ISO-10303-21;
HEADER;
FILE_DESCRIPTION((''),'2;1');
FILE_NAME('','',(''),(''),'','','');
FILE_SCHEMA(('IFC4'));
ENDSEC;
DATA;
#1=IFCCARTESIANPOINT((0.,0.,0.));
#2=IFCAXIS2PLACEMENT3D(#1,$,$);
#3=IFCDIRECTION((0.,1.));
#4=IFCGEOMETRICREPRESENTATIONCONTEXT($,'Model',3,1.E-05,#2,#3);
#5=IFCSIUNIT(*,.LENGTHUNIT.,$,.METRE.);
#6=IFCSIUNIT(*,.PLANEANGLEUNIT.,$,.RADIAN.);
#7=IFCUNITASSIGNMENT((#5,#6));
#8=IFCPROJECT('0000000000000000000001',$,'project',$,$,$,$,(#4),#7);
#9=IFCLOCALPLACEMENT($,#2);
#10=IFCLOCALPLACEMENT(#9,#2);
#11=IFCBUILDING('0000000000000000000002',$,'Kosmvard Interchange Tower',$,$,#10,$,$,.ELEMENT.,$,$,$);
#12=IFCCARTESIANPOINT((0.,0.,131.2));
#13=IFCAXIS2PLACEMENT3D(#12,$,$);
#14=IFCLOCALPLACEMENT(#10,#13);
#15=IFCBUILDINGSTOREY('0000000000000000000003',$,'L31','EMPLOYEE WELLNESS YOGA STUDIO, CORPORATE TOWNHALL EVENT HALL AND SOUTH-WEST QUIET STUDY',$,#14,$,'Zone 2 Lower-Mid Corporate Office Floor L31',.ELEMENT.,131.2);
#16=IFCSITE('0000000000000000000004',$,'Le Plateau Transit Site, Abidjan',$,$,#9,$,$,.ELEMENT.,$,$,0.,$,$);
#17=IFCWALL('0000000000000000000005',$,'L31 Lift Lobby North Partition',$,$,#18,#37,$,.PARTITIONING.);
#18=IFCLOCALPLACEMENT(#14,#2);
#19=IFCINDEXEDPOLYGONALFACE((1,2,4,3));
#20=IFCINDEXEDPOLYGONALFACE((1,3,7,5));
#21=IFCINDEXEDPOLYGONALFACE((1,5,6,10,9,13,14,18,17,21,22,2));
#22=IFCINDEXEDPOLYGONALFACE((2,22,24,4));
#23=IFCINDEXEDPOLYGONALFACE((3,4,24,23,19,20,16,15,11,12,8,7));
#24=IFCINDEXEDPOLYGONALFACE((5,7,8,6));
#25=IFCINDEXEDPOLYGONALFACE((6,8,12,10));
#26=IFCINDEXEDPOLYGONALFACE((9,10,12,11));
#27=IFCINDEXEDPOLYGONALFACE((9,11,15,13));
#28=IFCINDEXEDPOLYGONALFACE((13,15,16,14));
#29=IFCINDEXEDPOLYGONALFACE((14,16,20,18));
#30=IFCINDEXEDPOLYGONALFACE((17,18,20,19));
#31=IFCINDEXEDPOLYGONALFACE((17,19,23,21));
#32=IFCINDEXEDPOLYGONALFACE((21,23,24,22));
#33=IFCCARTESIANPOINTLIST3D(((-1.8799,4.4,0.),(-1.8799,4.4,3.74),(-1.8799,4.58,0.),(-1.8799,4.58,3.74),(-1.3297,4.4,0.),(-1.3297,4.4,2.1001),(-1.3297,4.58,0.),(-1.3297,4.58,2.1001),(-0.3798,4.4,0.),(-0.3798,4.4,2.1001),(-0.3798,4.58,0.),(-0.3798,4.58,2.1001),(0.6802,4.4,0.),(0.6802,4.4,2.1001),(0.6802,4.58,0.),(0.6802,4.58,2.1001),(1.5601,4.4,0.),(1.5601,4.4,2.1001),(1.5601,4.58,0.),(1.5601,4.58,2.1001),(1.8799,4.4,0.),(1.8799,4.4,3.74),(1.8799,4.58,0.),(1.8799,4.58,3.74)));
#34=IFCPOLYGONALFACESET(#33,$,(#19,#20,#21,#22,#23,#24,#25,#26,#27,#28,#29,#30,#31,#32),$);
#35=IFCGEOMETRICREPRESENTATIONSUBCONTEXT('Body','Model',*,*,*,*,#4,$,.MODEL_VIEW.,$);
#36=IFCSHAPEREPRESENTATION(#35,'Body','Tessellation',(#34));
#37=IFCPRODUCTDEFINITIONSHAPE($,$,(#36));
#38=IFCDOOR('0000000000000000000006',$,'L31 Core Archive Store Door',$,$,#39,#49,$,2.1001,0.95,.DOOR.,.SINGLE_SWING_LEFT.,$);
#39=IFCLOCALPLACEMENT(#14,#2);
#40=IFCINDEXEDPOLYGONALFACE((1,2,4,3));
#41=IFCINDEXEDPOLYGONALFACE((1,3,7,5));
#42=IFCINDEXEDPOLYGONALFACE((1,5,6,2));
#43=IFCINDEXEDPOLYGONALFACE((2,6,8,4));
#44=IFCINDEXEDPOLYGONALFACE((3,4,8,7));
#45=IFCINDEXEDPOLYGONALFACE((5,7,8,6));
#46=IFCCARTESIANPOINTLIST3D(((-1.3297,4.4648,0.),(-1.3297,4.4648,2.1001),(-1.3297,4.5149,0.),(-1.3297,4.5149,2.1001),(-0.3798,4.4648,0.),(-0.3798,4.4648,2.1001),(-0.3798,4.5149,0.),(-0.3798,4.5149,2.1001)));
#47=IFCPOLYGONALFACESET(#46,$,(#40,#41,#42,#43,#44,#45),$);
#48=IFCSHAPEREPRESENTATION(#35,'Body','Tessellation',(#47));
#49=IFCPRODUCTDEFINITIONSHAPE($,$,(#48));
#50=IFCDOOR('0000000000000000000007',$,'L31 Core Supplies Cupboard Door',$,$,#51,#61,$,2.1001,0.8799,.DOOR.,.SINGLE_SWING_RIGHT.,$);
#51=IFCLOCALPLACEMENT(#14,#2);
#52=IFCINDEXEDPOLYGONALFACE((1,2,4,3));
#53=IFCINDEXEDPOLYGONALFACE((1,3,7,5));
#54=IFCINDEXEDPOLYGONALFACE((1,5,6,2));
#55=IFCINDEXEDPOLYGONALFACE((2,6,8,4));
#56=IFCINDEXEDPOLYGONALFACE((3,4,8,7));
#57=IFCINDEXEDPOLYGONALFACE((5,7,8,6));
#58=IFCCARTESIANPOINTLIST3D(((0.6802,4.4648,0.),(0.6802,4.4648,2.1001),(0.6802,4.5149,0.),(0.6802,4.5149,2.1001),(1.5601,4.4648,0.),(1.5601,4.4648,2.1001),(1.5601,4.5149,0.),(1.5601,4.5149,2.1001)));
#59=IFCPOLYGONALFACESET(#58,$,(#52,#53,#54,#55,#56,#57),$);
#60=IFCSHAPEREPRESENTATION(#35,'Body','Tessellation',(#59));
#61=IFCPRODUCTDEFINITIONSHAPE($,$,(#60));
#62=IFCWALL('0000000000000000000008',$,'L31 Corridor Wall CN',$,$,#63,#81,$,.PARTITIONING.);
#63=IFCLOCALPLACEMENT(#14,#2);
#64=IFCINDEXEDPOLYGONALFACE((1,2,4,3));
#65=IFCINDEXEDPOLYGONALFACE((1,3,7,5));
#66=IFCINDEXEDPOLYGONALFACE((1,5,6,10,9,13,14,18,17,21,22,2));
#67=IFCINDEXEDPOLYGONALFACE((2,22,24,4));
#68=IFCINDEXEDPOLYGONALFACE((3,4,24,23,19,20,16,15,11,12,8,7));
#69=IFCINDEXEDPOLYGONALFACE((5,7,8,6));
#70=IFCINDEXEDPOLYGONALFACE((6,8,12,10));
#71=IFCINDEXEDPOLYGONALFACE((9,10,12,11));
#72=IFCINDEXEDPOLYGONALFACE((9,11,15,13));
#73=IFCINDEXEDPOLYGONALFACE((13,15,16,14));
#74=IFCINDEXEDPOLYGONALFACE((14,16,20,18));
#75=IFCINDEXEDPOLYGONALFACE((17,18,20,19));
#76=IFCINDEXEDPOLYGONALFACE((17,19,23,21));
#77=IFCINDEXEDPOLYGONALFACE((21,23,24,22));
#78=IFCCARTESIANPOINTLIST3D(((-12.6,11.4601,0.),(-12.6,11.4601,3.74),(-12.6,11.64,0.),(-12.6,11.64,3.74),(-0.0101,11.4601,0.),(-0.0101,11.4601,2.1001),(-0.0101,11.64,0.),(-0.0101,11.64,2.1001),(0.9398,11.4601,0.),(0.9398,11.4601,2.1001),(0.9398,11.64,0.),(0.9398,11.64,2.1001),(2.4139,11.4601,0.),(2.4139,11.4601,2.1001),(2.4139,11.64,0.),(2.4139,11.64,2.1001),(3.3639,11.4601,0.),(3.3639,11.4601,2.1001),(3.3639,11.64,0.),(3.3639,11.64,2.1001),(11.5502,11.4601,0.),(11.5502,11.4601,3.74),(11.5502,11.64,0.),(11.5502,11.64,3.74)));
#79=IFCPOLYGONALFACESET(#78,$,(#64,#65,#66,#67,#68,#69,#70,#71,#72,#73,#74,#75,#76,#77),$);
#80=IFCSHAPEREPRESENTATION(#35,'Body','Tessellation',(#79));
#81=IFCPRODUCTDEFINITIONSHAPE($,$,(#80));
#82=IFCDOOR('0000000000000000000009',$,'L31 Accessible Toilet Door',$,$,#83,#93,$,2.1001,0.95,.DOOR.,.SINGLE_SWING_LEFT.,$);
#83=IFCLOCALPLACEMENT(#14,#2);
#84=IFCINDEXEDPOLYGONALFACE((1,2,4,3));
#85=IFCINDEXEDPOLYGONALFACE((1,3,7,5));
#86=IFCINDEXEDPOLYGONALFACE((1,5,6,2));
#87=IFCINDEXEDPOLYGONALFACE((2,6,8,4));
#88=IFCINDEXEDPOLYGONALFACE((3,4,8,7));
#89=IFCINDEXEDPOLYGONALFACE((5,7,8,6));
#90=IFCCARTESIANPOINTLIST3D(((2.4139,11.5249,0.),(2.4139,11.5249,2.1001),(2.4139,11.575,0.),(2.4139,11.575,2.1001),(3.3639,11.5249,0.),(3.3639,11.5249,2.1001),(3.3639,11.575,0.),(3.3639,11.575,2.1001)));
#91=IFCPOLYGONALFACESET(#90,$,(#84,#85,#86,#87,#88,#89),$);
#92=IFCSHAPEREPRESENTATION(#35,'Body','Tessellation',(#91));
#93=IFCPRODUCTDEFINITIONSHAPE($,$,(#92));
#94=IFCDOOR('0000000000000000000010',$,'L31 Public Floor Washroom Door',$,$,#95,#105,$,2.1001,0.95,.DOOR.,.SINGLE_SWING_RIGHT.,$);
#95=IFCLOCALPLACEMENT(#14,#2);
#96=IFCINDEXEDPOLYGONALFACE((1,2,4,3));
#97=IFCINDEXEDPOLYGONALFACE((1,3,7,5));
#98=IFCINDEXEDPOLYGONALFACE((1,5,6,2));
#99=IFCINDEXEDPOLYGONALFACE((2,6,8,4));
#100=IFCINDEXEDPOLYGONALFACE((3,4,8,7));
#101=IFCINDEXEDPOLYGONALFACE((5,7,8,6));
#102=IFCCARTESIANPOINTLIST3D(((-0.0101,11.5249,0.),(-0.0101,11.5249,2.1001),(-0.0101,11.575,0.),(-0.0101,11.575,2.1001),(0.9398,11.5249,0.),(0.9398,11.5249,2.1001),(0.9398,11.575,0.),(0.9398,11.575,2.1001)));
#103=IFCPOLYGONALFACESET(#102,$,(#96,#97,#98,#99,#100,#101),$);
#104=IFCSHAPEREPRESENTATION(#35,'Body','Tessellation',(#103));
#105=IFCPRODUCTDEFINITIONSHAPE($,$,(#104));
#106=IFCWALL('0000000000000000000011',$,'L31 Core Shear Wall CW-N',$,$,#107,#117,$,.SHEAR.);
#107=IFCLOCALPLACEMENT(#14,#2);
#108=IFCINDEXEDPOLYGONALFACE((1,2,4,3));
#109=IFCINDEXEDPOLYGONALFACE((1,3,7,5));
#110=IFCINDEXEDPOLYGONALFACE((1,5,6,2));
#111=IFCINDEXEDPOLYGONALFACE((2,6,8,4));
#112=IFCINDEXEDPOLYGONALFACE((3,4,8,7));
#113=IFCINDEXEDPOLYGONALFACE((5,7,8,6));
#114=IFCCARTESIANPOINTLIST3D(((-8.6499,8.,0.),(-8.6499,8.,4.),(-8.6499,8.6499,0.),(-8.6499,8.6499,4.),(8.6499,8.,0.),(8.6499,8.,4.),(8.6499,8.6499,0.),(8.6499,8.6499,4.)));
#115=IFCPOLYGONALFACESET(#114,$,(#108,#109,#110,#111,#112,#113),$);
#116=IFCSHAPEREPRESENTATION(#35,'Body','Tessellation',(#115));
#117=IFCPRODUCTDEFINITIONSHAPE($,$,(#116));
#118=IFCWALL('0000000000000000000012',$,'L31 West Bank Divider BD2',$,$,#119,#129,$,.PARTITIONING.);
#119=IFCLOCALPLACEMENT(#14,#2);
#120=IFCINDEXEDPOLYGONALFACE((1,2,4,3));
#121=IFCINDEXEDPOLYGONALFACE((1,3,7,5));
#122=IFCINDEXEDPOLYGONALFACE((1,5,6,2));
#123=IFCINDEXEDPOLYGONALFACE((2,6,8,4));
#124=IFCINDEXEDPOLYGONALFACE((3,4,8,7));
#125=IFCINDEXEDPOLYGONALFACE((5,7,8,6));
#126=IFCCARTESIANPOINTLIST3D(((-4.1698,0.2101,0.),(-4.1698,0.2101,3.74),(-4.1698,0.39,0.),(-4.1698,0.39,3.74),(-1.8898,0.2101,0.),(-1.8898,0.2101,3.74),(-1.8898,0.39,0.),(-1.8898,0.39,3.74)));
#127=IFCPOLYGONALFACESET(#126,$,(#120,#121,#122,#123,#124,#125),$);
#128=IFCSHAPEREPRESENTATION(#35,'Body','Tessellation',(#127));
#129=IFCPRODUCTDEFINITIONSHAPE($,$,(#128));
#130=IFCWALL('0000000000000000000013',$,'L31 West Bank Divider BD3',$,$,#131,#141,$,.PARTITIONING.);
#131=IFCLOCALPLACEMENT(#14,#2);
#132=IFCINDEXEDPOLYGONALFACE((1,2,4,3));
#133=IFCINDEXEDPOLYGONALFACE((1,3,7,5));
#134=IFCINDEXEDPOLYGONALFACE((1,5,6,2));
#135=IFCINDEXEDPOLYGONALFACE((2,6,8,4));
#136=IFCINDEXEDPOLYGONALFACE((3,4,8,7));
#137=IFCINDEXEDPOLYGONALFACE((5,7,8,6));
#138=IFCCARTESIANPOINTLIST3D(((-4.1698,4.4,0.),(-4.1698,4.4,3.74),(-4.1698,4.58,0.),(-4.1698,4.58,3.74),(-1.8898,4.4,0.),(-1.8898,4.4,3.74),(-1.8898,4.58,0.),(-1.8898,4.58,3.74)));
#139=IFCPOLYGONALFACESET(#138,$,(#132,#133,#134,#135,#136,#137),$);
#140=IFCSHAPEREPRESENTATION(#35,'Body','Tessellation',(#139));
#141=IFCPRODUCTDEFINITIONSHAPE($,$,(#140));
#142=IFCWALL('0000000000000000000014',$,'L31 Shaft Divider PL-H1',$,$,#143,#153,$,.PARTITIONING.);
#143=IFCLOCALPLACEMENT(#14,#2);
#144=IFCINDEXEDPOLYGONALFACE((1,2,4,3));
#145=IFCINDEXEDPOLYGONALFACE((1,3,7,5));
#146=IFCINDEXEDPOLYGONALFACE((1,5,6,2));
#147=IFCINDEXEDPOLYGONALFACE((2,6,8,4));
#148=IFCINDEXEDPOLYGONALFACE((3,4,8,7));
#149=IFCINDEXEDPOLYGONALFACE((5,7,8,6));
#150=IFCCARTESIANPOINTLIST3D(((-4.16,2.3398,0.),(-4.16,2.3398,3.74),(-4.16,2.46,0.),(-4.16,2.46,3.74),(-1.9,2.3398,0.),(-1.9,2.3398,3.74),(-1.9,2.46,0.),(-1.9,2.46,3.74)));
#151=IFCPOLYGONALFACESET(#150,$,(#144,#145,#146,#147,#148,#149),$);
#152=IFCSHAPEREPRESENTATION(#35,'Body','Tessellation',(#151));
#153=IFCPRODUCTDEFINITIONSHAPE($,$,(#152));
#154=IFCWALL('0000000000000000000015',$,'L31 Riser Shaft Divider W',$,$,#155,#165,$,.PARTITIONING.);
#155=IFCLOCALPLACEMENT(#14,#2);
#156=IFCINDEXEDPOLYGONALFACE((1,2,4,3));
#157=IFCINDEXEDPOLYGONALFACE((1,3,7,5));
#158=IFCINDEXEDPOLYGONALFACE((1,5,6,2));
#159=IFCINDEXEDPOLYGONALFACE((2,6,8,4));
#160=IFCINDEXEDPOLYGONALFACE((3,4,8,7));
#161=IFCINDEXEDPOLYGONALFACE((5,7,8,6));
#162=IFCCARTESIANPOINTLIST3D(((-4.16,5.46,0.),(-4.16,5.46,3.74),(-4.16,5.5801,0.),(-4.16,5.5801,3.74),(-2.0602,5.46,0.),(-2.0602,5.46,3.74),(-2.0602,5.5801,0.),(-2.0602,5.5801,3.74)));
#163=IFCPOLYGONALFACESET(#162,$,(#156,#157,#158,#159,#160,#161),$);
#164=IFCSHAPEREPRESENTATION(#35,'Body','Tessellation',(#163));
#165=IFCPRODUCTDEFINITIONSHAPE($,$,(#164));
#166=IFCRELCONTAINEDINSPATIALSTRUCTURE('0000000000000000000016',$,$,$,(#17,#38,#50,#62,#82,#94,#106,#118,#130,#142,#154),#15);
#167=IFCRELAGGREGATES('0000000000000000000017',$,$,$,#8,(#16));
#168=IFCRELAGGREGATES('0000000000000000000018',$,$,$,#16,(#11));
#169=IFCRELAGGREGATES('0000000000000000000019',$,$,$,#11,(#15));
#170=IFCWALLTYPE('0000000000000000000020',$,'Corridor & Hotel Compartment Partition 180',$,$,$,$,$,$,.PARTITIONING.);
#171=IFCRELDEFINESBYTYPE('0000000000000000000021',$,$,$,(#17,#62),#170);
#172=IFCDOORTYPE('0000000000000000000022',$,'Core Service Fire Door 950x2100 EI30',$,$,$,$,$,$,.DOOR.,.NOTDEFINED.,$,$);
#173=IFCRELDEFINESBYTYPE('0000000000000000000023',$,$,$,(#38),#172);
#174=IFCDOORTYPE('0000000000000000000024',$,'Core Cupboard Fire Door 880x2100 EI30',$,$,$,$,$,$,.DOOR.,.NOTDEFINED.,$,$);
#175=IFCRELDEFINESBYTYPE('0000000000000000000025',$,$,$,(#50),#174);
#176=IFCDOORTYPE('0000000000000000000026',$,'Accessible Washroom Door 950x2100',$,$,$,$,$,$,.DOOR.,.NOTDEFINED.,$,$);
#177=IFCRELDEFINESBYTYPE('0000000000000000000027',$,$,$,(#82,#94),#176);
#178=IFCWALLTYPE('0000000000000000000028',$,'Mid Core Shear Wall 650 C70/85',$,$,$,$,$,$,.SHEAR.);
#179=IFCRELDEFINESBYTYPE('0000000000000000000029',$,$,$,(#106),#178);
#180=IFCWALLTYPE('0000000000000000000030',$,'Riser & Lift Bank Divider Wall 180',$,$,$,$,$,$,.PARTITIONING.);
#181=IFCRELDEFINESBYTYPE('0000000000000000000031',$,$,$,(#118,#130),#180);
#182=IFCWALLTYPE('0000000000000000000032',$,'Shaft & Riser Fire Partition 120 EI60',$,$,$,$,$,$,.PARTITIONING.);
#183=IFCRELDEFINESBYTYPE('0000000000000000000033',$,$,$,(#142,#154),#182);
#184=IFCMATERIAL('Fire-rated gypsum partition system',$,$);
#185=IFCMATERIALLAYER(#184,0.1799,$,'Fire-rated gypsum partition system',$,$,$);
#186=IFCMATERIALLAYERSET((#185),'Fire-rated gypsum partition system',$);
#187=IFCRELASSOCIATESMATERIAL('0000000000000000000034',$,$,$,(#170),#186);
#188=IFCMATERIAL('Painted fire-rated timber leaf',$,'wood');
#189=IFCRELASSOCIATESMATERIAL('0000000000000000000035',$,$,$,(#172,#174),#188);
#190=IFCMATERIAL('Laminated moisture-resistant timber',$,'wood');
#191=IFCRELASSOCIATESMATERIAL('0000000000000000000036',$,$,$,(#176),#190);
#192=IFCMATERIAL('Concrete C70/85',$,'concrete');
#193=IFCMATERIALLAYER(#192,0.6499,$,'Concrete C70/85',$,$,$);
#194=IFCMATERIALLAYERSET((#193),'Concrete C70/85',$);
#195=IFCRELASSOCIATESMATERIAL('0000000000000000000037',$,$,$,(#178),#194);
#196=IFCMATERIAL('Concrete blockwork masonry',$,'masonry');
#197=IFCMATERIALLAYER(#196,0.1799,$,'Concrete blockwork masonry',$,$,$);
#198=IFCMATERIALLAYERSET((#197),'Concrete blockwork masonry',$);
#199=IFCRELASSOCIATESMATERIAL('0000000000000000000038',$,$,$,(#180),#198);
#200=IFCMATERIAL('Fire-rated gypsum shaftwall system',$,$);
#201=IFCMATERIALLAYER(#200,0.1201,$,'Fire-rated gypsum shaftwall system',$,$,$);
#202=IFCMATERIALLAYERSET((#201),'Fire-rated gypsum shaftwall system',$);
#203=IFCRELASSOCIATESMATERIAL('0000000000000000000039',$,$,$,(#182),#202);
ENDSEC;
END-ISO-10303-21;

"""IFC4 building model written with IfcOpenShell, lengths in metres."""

from ifc_helpers import new_model, si_unit, direction, frame, frame_2d, origin, place, context, subcontext, project, spatial, rectangle, extrude, source, transform, mapped, material, layer, layer_set, type_object, element, fill, save


model = new_model("IFC4")

# Units and contexts
model_context = context("Model", 3, precision=1e-05, world=origin(), true_north=direction((0.0, 1.0)))
body_context = subcontext(model_context, "Body", "Model", "MODEL_VIEW")
ifc_project = project(units=[si_unit("LENGTHUNIT", "METRE"), si_unit("PLANEANGLEUNIT", "RADIAN")], contexts=[model_context])

# Site, building, storey
site_placement = place(None, origin())
site = spatial("IfcSite", under=ifc_project, at=site_placement, Name="Le Plateau Transit Site, Abidjan", CompositionType="ELEMENT", RefElevation=0.0)
building_placement = place(site_placement, origin())
building = spatial("IfcBuilding", under=site, at=building_placement, Name="Kosmvard Interchange Tower", CompositionType="ELEMENT")
storey_placement = place(building_placement, frame((0.0, 0.0, 131.2)))
storey = spatial("IfcBuildingStorey", under=building, at=storey_placement, Name="L31", Description="EMPLOYEE WELLNESS YOGA STUDIO, CORPORATE TOWNHALL EVENT HALL AND SOUTH-WEST QUIET STUDY", LongName="Zone 2 Lower-Mid Corporate Office Floor L31", CompositionType="ELEMENT", Elevation=131.2)

# Shared definitions
ifc_material_1 = material(Name="Fire-rated gypsum partition system")

# Walls, openings, doors
ifc_layer_1 = layer(ifc_material_1, 0.1799, Name="Fire-rated gypsum partition system")
ifc_layer_set_1 = layer_set([ifc_layer_1], Name="Fire-rated gypsum partition system")
wall_type_1 = type_object("IfcWallType", Name="Corridor & Hotel Compartment Partition 180", PredefinedType="PARTITIONING", material=ifc_layer_set_1)
wall_1_placement = place(storey_placement, frame((-1.8799, 4.49, 0.0), z_axis=(0.0, 0.0, 1.0), x_axis=(1.0, 0.0, 0.0)))
wall_1 = element("IfcWall", 1, at=wall_1_placement, inside=storey, type_object=wall_type_1, Name="L31 Lift Lobby North Partition", PredefinedType="PARTITIONING", context=body_context, shape_type="SweptSolid", body=[
    extrude(rectangle(XDim=3.7598, YDim=0.1799, at=frame_2d((1.8799, 0.0))), origin(), (0.0, 0.0, 1.0), 3.74),
])
opening_1_placement = place(wall_1_placement, frame((0.55, 0.0, 0.0)))
opening_1 = element("IfcOpeningElement", 2, at=opening_1_placement, cuts=wall_1, PredefinedType="OPENING", context=body_context, shape_type="SweptSolid", body=[
    extrude(rectangle(XDim=0.95, YDim=2.1001, at=frame_2d((0.4751, 1.05))), frame((0.0, 0.1001, 0.0), z_axis=(0.0, -1.0, 0.0), x_axis=(1.0, 0.0, 0.0)), (0.0, 0.0, 1.0), 0.2),
])
opening_2_placement = place(wall_1_placement, frame((2.5601, 0.0, 0.0)))
opening_2 = element("IfcOpeningElement", 3, at=opening_2_placement, cuts=wall_1, PredefinedType="OPENING", context=body_context, shape_type="SweptSolid", body=[
    extrude(rectangle(XDim=0.8799, YDim=2.1001, at=frame_2d((0.4399, 1.05))), frame((0.0, 0.1001, 0.0), z_axis=(0.0, -1.0, 0.0), x_axis=(1.0, 0.0, 0.0)), (0.0, 0.0, 1.0), 0.2),
])
ifc_material_2 = material(Name="Painted fire-rated timber leaf", Category="wood")
door_type_1 = type_object("IfcDoorType", Name="Core Service Fire Door 950x2100 EI30", OperationType="NOTDEFINED", PredefinedType="DOOR", material=ifc_material_2)
shared_shape_1 = source(origin(), body_context, "Body", "SweptSolid", [
    extrude(rectangle(XDim=0.95, YDim=2.1001, at=frame_2d((0.4751, 1.05))), frame((0.0, 0.0249, 0.0), z_axis=(0.0, -1.0, 0.0), x_axis=(1.0, 0.0, 0.0)), (0.0, 0.0, 1.0), 0.05),
])
door_1_placement = place(opening_1_placement, origin())
door_1 = element("IfcDoor", 4, at=door_1_placement, inside=storey, type_object=door_type_1, Name="L31 Core Archive Store Door", OperationType="SINGLE_SWING_LEFT", OverallHeight=2.1001, OverallWidth=0.95, PredefinedType="DOOR", context=body_context, shape_type="MappedRepresentation", body=[
    mapped(shared_shape_1, transform((0.0, 0.0, 0.0), scale=1.0)),
])
fill(opening_1, door_1)
door_type_2 = type_object("IfcDoorType", Name="Core Cupboard Fire Door 880x2100 EI30", OperationType="NOTDEFINED", PredefinedType="DOOR", material=ifc_material_2)
shared_shape_2 = source(origin(), body_context, "Body", "SweptSolid", [
    extrude(rectangle(XDim=0.8799, YDim=2.1001, at=frame_2d((0.4399, 1.05))), frame((0.0, 0.0249, 0.0), z_axis=(0.0, -1.0, 0.0), x_axis=(1.0, 0.0, 0.0)), (0.0, 0.0, 1.0), 0.05),
])
door_2_placement = place(opening_2_placement, origin())
door_2 = element("IfcDoor", 5, at=door_2_placement, inside=storey, type_object=door_type_2, Name="L31 Core Supplies Cupboard Door", OperationType="SINGLE_SWING_RIGHT", OverallHeight=2.1001, OverallWidth=0.8799, PredefinedType="DOOR", context=body_context, shape_type="MappedRepresentation", body=[
    mapped(shared_shape_2, transform((0.0, 0.0, 0.0), scale=1.0)),
])
fill(opening_2, door_2)
wall_2_placement = place(storey_placement, frame((-12.6001, 11.55, 0.0), z_axis=(0.0, 0.0, 1.0), x_axis=(1.0, 0.0, 0.0)))
wall_2 = element("IfcWall", 6, at=wall_2_placement, inside=storey, type_object=wall_type_1, Name="L31 Corridor Wall CN", PredefinedType="PARTITIONING", context=body_context, shape_type="SweptSolid", body=[
    extrude(rectangle(XDim=24.1501, YDim=0.1799, at=frame_2d((12.0752, 0.0))), origin(), (0.0, 0.0, 1.0), 3.74),
])
opening_3_placement = place(wall_2_placement, frame((15.0139, 0.0, 0.0)))
opening_3 = element("IfcOpeningElement", 7, at=opening_3_placement, cuts=wall_2, PredefinedType="OPENING", context=body_context, shape_type="SweptSolid", body=[
    extrude(rectangle(XDim=0.95, YDim=2.1001, at=frame_2d((0.4751, 1.05))), frame((0.0, 0.1001, 0.0), z_axis=(0.0, -1.0, 0.0), x_axis=(1.0, 0.0, 0.0)), (0.0, 0.0, 1.0), 0.2),
])
opening_4_placement = place(wall_2_placement, frame((12.5898, 0.0, 0.0)))
opening_4 = element("IfcOpeningElement", 8, at=opening_4_placement, cuts=wall_2, PredefinedType="OPENING", context=body_context, shape_type="SweptSolid", body=[
    extrude(rectangle(XDim=0.95, YDim=2.1001, at=frame_2d((0.4751, 1.05))), frame((0.0, 0.1001, 0.0), z_axis=(0.0, -1.0, 0.0), x_axis=(1.0, 0.0, 0.0)), (0.0, 0.0, 1.0), 0.2),
])
ifc_material_3 = material(Name="Laminated moisture-resistant timber", Category="wood")
door_type_3 = type_object("IfcDoorType", Name="Accessible Washroom Door 950x2100", OperationType="NOTDEFINED", PredefinedType="DOOR", material=ifc_material_3)
door_3_placement = place(opening_3_placement, origin())
door_3 = element("IfcDoor", 9, at=door_3_placement, inside=storey, type_object=door_type_3, Name="L31 Accessible Toilet Door", OperationType="SINGLE_SWING_LEFT", OverallHeight=2.1001, OverallWidth=0.95, PredefinedType="DOOR", context=body_context, shape_type="MappedRepresentation", body=[
    mapped(shared_shape_1, transform((0.0, 0.0, 0.0), scale=1.0)),
])
fill(opening_3, door_3)
door_4_placement = place(opening_4_placement, origin())
door_4 = element("IfcDoor", 10, at=door_4_placement, inside=storey, type_object=door_type_3, Name="L31 Public Floor Washroom Door", OperationType="SINGLE_SWING_RIGHT", OverallHeight=2.1001, OverallWidth=0.95, PredefinedType="DOOR", context=body_context, shape_type="MappedRepresentation", body=[
    mapped(shared_shape_1, transform((0.0, 0.0, 0.0), scale=1.0)),
])
fill(opening_4, door_4)

# Walls
ifc_material_4 = material(Name="Concrete C70/85", Category="concrete")
ifc_layer_2 = layer(ifc_material_4, 0.6499, Name="Concrete C70/85")
ifc_layer_set_2 = layer_set([ifc_layer_2], Name="Concrete C70/85")
wall_type_2 = type_object("IfcWallType", Name="Mid Core Shear Wall 650 C70/85", PredefinedType="SHEAR", material=ifc_layer_set_2)
wall_3_placement = place(storey_placement, frame((-8.6499, 8.325, 0.0), z_axis=(0.0, 0.0, 1.0), x_axis=(1.0, 0.0, 0.0)))
element("IfcWall", 11, at=wall_3_placement, inside=storey, type_object=wall_type_2, Name="L31 Core Shear Wall CW-N", PredefinedType="SHEAR", context=body_context, shape_type="SweptSolid", body=[
    extrude(rectangle(XDim=17.2998, YDim=0.6499, at=frame_2d((8.6499, 0.0))), origin(), (0.0, 0.0, 1.0), 4.0),
])
ifc_material_5 = material(Name="Concrete blockwork masonry", Category="masonry")
ifc_layer_3 = layer(ifc_material_5, 0.1799, Name="Concrete blockwork masonry")
ifc_layer_set_3 = layer_set([ifc_layer_3], Name="Concrete blockwork masonry")
wall_type_3 = type_object("IfcWallType", Name="Riser & Lift Bank Divider Wall 180", PredefinedType="PARTITIONING", material=ifc_layer_set_3)
for number, where, z_axis, x_axis, name in (
    (12, (-4.1699, 0.3, 0.0), (0.0, 0.0, 1.0), (1.0, 0.0, 0.0), "L31 West Bank Divider BD2"),
    (13, (-4.1699, 4.49, 0.0), (0.0, 0.0, 1.0), (1.0, 0.0, 0.0), "L31 West Bank Divider BD3"),
):
    element("IfcWall", number, at=place(storey_placement, frame(where, z_axis=z_axis, x_axis=x_axis)), inside=storey, type_object=wall_type_3, Name=name, PredefinedType="PARTITIONING", context=body_context, shape_type="SweptSolid", body=[
        extrude(rectangle(XDim=2.28, YDim=0.1799, at=frame_2d((1.1401, 0.0))), origin(), (0.0, 0.0, 1.0), 3.74),
    ])
ifc_material_6 = material(Name="Fire-rated gypsum shaftwall system")
ifc_layer_4 = layer(ifc_material_6, 0.1201, Name="Fire-rated gypsum shaftwall system")
ifc_layer_set_4 = layer_set([ifc_layer_4], Name="Fire-rated gypsum shaftwall system")
wall_type_4 = type_object("IfcWallType", Name="Shaft & Riser Fire Partition 120 EI60", PredefinedType="PARTITIONING", material=ifc_layer_set_4)
wall_4_placement = place(storey_placement, frame((-4.1599, 2.3999, 0.0), z_axis=(0.0, 0.0, 1.0), x_axis=(1.0, 0.0, 0.0)))
element("IfcWall", 14, at=wall_4_placement, inside=storey, type_object=wall_type_4, Name="L31 Shaft Divider PL-H1", PredefinedType="PARTITIONING", context=body_context, shape_type="SweptSolid", body=[
    extrude(rectangle(XDim=2.26, YDim=0.1201, at=frame_2d((1.1299, 0.0))), origin(), (0.0, 0.0, 1.0), 3.74),
])
wall_5_placement = place(storey_placement, frame((-4.1599, 5.52, 0.0), z_axis=(0.0, 0.0, 1.0), x_axis=(1.0, 0.0, 0.0)))
element("IfcWall", 15, at=wall_5_placement, inside=storey, type_object=wall_type_4, Name="L31 Riser Shaft Divider W", PredefinedType="PARTITIONING", context=body_context, shape_type="SweptSolid", body=[
    extrude(rectangle(XDim=2.0999, YDim=0.1201, at=frame_2d((1.0498, 0.0))), origin(), (0.0, 0.0, 1.0), 3.74),
])

save(model, "model.ifc")
